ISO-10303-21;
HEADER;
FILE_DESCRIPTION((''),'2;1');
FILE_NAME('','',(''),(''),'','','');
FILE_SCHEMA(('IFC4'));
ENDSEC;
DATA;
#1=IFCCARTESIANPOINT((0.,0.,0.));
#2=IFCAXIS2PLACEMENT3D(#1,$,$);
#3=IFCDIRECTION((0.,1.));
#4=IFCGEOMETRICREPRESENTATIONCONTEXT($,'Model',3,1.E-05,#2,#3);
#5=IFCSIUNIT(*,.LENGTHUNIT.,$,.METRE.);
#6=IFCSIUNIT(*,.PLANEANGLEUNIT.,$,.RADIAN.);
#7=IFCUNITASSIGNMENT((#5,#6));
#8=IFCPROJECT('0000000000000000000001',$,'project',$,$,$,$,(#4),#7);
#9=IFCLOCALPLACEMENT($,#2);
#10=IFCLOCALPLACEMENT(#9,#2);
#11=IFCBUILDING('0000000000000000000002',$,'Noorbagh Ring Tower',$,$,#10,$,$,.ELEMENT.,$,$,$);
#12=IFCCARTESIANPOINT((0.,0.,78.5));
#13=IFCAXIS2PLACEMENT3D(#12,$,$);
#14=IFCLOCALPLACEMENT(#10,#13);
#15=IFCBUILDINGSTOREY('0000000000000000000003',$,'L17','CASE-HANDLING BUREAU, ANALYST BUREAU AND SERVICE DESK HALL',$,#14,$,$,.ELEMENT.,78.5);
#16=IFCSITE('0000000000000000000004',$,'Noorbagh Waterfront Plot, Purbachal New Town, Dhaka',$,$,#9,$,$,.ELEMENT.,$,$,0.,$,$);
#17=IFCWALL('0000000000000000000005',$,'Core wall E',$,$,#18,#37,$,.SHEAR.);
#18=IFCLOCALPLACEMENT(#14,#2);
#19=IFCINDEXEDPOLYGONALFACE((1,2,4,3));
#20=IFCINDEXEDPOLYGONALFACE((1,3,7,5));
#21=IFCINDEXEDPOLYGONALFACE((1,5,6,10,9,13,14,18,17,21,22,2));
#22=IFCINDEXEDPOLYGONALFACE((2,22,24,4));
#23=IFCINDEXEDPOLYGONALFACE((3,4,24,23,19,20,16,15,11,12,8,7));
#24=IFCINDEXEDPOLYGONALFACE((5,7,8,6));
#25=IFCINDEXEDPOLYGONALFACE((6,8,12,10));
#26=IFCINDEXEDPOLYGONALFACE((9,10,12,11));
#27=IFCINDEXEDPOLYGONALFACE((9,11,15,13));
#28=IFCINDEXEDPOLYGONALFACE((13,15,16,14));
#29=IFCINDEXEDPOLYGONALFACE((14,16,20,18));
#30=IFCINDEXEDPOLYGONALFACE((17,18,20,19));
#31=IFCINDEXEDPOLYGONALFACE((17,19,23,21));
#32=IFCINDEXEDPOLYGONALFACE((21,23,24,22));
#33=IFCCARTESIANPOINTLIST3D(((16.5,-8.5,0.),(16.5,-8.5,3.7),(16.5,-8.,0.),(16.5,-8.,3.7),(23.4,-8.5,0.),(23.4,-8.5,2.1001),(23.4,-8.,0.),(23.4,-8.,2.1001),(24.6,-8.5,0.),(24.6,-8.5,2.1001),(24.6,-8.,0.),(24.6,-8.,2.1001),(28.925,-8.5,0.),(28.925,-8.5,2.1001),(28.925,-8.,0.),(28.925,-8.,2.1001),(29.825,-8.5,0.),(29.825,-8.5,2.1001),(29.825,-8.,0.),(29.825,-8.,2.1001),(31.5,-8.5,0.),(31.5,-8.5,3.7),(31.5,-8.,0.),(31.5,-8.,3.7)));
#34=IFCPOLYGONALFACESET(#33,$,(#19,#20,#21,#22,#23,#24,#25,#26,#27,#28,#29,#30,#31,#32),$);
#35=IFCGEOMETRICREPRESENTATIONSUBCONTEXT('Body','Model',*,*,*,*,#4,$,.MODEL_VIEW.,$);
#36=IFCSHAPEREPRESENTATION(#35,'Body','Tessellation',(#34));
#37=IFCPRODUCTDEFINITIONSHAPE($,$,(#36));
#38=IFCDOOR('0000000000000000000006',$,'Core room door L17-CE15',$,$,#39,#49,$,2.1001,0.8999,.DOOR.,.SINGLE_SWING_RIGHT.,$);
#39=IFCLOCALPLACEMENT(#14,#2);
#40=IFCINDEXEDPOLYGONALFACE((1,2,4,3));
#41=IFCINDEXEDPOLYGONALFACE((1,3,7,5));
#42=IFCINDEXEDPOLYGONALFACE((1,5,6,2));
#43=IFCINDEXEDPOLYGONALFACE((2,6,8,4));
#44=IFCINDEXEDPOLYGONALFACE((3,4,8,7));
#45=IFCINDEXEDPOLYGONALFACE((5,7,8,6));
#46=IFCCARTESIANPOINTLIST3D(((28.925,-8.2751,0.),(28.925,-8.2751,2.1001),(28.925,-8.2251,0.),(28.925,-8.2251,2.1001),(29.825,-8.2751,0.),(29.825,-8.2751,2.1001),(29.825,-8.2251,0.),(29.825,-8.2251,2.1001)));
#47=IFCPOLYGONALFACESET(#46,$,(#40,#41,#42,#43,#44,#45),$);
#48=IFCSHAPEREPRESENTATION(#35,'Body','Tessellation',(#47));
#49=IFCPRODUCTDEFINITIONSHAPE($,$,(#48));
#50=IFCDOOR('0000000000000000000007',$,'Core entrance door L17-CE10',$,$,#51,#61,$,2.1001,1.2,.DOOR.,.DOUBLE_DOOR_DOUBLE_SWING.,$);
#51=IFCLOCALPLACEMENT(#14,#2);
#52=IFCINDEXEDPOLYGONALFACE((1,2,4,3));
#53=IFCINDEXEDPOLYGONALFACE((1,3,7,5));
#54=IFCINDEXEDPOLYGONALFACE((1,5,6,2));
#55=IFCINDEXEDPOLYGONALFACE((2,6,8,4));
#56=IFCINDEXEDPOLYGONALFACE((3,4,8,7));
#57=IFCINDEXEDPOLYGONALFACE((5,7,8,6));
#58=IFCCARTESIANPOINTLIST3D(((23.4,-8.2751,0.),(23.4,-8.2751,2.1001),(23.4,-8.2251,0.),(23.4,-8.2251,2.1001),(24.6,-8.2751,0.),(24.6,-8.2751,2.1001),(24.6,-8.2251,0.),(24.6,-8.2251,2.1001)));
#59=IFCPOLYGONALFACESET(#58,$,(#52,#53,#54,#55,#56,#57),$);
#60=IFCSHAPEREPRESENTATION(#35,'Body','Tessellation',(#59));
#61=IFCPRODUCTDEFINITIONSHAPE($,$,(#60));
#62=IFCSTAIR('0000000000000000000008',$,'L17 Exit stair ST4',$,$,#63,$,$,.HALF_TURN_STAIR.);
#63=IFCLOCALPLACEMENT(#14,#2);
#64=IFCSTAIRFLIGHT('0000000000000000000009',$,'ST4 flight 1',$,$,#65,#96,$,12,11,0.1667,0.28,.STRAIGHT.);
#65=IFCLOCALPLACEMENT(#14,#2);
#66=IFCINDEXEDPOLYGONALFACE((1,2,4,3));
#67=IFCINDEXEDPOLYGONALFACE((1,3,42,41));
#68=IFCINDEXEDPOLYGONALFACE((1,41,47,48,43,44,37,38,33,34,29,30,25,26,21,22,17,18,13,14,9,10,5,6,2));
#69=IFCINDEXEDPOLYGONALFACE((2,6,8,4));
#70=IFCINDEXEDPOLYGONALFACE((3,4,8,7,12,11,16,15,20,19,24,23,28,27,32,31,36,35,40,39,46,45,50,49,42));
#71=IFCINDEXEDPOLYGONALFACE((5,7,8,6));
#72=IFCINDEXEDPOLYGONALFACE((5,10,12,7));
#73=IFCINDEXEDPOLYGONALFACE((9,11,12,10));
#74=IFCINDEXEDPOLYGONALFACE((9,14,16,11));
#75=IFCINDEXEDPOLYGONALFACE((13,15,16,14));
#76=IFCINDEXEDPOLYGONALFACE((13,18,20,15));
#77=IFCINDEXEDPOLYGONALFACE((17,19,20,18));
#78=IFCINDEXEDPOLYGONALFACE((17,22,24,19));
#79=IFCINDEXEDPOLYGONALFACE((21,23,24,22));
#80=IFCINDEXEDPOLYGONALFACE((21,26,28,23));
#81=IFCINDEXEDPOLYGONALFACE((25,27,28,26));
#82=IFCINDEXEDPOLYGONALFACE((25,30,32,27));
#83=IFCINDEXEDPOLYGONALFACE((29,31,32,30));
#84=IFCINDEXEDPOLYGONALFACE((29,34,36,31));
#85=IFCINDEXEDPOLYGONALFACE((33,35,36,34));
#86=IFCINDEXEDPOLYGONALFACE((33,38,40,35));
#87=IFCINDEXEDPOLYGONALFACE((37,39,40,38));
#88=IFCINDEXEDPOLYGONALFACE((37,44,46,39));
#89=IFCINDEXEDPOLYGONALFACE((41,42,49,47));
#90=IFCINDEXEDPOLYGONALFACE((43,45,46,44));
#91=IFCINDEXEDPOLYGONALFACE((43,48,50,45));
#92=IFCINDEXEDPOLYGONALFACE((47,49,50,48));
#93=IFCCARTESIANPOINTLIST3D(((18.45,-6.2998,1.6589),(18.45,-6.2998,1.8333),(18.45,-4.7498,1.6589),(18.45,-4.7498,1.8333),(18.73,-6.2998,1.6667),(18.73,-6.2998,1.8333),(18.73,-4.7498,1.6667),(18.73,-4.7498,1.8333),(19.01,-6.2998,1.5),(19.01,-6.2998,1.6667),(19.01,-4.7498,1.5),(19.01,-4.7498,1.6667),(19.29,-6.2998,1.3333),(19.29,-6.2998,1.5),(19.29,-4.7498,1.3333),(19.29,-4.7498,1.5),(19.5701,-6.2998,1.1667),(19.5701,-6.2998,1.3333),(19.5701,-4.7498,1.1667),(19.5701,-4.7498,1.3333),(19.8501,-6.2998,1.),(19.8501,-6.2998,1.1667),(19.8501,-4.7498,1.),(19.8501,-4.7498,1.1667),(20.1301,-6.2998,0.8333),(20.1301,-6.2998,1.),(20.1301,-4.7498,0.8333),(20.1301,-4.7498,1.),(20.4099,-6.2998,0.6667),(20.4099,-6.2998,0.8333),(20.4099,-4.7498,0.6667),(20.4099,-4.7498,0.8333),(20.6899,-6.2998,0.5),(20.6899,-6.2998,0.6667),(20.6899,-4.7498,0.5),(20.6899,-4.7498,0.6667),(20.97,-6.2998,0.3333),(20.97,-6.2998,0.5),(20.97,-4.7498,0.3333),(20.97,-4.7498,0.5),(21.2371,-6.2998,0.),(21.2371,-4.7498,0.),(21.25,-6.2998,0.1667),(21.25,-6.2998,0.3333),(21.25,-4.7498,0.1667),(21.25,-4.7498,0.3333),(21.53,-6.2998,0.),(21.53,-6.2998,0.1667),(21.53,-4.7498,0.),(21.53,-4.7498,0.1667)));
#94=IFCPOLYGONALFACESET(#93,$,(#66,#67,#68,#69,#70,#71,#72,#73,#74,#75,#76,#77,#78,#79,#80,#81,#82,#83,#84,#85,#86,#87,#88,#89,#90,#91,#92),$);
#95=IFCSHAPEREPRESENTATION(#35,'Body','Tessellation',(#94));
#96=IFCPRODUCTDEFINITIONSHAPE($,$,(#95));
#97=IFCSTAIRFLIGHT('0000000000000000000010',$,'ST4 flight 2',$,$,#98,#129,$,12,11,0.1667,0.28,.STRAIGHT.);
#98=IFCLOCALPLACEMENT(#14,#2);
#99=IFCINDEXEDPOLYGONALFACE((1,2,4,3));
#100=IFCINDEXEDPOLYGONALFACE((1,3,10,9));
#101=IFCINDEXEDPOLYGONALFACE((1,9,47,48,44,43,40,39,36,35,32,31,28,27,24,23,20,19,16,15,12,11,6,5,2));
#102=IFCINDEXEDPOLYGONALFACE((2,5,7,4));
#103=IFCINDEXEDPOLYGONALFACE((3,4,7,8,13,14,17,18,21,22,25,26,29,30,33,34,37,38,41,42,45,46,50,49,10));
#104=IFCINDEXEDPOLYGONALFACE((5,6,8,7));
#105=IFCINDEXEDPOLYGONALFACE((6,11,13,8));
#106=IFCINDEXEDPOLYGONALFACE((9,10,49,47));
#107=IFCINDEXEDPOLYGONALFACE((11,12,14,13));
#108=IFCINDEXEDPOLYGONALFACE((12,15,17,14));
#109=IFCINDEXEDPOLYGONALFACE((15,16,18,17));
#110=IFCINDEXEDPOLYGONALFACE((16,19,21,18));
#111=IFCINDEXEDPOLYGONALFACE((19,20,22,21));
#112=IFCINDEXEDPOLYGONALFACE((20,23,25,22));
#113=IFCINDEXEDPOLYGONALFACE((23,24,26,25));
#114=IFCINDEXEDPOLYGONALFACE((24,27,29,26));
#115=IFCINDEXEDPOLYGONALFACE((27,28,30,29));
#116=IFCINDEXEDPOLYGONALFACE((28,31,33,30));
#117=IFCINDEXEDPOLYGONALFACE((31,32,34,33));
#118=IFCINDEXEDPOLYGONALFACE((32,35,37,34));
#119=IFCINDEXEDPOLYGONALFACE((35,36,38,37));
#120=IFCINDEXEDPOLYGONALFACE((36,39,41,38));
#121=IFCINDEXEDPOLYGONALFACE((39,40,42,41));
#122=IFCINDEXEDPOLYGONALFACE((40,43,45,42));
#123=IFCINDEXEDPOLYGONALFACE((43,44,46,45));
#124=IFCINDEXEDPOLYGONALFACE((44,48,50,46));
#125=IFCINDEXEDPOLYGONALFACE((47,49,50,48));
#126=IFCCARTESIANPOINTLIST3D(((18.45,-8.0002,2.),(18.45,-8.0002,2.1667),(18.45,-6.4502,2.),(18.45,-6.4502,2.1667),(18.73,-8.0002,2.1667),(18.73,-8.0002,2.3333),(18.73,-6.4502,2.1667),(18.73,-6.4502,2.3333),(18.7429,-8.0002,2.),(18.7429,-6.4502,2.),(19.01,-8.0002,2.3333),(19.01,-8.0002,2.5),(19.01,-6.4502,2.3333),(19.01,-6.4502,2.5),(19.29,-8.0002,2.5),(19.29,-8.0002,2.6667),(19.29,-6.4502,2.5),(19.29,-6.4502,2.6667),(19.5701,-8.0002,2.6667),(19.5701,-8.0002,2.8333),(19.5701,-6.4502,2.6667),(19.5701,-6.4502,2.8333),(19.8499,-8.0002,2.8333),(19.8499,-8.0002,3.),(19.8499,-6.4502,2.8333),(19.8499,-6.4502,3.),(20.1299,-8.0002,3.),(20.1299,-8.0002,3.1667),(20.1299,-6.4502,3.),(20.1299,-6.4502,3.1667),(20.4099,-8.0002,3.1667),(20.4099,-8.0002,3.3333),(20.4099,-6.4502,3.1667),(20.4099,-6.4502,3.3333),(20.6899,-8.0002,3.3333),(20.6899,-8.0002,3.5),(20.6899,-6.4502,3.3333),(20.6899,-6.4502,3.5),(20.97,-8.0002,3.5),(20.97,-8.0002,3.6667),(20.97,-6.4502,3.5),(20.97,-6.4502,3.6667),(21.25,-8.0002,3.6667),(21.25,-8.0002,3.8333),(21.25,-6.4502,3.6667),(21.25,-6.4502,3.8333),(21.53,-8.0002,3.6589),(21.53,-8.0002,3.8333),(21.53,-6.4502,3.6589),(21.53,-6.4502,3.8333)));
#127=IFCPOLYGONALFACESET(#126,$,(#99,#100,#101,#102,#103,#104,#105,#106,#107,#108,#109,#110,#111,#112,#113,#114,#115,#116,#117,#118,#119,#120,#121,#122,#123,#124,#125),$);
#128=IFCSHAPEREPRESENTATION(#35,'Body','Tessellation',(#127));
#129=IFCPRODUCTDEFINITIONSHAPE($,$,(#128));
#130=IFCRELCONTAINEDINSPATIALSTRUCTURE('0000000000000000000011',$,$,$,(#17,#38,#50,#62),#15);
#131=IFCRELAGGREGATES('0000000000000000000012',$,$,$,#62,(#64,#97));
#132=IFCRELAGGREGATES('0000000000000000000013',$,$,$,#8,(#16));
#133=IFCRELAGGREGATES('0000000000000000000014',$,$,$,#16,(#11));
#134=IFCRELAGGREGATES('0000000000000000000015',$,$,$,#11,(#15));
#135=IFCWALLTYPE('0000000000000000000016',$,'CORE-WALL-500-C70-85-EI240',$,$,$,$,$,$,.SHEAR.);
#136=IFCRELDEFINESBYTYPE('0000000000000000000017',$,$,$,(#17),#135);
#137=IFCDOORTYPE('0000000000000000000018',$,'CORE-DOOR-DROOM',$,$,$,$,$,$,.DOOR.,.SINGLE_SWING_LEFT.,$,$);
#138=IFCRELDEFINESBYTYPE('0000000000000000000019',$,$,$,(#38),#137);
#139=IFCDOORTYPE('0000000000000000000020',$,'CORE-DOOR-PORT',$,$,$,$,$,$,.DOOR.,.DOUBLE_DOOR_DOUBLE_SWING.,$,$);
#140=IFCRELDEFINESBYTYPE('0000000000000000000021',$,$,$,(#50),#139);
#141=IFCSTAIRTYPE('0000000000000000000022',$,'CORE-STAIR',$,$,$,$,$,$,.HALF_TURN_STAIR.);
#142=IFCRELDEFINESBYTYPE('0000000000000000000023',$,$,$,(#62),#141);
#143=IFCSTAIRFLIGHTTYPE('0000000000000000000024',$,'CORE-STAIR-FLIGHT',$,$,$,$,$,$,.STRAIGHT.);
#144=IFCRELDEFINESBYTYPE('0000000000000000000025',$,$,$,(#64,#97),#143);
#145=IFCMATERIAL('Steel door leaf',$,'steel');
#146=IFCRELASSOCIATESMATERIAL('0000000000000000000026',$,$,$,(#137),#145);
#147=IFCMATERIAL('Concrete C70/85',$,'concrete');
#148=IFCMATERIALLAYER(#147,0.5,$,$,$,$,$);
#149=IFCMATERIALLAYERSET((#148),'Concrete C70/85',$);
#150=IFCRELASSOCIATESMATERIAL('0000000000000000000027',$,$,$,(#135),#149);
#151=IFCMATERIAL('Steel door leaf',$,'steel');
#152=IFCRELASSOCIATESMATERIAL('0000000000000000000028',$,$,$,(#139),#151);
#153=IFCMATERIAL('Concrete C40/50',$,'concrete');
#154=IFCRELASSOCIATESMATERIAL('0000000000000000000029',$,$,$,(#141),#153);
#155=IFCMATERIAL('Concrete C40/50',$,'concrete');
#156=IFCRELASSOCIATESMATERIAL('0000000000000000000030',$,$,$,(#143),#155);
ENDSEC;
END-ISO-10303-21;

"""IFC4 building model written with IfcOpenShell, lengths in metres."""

from ifc_helpers import new_model, si_unit, direction, frame, frame_2d, origin, place, context, subcontext, project, spatial, polyline, rectangle, outline, extrude, material, layer, layer_set, type_object, element, fill, aggregate, save


model = new_model("IFC4")

# Units and contexts
model_context = context("Model", 3, precision=1e-05, world=origin(), true_north=direction((0.0, 1.0)))
body_context = subcontext(model_context, "Body", "Model", "MODEL_VIEW")
ifc_project = project(units=[si_unit("LENGTHUNIT", "METRE"), si_unit("PLANEANGLEUNIT", "RADIAN")], contexts=[model_context])

# Site, building, storey
site_placement = place(None, origin())
site = spatial("IfcSite", under=ifc_project, at=site_placement, Name="Noorbagh Waterfront Plot, Purbachal New Town, Dhaka", CompositionType="ELEMENT", RefElevation=0.0)
building_placement = place(site_placement, origin())
building = spatial("IfcBuilding", under=site, at=building_placement, Name="Noorbagh Ring Tower", CompositionType="ELEMENT")
storey_placement = place(building_placement, frame((0.0, 0.0, 78.5)))
storey = spatial("IfcBuildingStorey", under=building, at=storey_placement, Name="L17", Description="CASE-HANDLING BUREAU, ANALYST BUREAU AND SERVICE DESK HALL", CompositionType="ELEMENT", Elevation=78.5)

# Shared definitions
ifc_material_1 = material(Name="Steel door leaf", Category="steel")
door_type_1 = type_object("IfcDoorType", Name="CORE-DOOR-DROOM", OperationType="SINGLE_SWING_LEFT", PredefinedType="DOOR", material=ifc_material_1)

# Wall, openings, doors
ifc_material_2 = material(Name="Concrete C70/85", Category="concrete")
ifc_layer_1 = layer(ifc_material_2, 0.5)
ifc_layer_set_1 = layer_set([ifc_layer_1], Name="Concrete C70/85")
wall_type_1 = type_object("IfcWallType", Name="CORE-WALL-500-C70-85-EI240", PredefinedType="SHEAR", material=ifc_layer_set_1)
wall_1_placement = place(storey_placement, frame((16.5, -8.25, 0.0), z_axis=(0.0, 0.0, 1.0), x_axis=(1.0, 0.0, 0.0)))
wall_1 = element("IfcWall", 1, at=wall_1_placement, inside=storey, type_object=wall_type_1, Name="Core wall E", PredefinedType="SHEAR", context=body_context, shape_type="SweptSolid", body=[
    extrude(rectangle(XDim=15.0, YDim=0.5, at=frame_2d((7.5, 0.0))), origin(), (0.0, 0.0, 1.0), 3.7),
])
opening_1_placement = place(wall_1_placement, frame((6.8999, 0.0, 0.0)))
opening_1 = element("IfcOpeningElement", 2, at=opening_1_placement, cuts=wall_1, PredefinedType="OPENING", context=body_context, shape_type="SweptSolid", body=[
    extrude(rectangle(XDim=1.2, YDim=2.1001, at=frame_2d((0.6001, 1.05))), frame((0.0, 0.26, 0.0), z_axis=(0.0, -1.0, 0.0), x_axis=(1.0, 0.0, 0.0)), (0.0, 0.0, 1.0), 0.52),
])
opening_2_placement = place(wall_1_placement, frame((12.425, 0.0, 0.0)))
opening_2 = element("IfcOpeningElement", 3, at=opening_2_placement, cuts=wall_1, PredefinedType="OPENING", context=body_context, shape_type="SweptSolid", body=[
    extrude(rectangle(XDim=0.8999, YDim=2.1001, at=frame_2d((0.45, 1.05))), frame((0.0, 0.26, 0.0), z_axis=(0.0, -1.0, 0.0), x_axis=(1.0, 0.0, 0.0)), (0.0, 0.0, 1.0), 0.52),
])
door_1_placement = place(opening_2_placement, origin())
door_1 = element("IfcDoor", 4, at=door_1_placement, inside=storey, type_object=door_type_1, Name="Core room door L17-CE15", OperationType="SINGLE_SWING_RIGHT", OverallHeight=2.1001, OverallWidth=0.8999, PredefinedType="DOOR", context=body_context, shape_type="SweptSolid", body=[
    extrude(rectangle(XDim=0.8999, YDim=2.1001, at=frame_2d((0.45, 1.05))), frame((0.0, 0.0249, 0.0), z_axis=(0.0, -1.0, 0.0), x_axis=(1.0, 0.0, 0.0)), (0.0, 0.0, 1.0), 0.05),
])
fill(opening_2, door_1)
ifc_material_3 = material(Name="Steel door leaf", Category="steel")
door_type_2 = type_object("IfcDoorType", Name="CORE-DOOR-PORT", OperationType="DOUBLE_DOOR_DOUBLE_SWING", PredefinedType="DOOR", material=ifc_material_3)
door_2_placement = place(opening_1_placement, origin())
door_2 = element("IfcDoor", 5, at=door_2_placement, inside=storey, type_object=door_type_2, Name="Core entrance door L17-CE10", OperationType="DOUBLE_DOOR_DOUBLE_SWING", OverallHeight=2.1001, OverallWidth=1.2, PredefinedType="DOOR", context=body_context, shape_type="SweptSolid", body=[
    extrude(rectangle(XDim=1.2, YDim=2.1001, at=frame_2d((0.6001, 1.05))), frame((0.0, 0.0249, 0.0), z_axis=(0.0, -1.0, 0.0), x_axis=(1.0, 0.0, 0.0)), (0.0, 0.0, 1.0), 0.05),
])
fill(opening_1, door_2)

# Stair, stair flights
ifc_material_4 = material(Name="Concrete C40/50", Category="concrete")
stair_type = type_object("IfcStairType", Name="CORE-STAIR", PredefinedType="HALF_TURN_STAIR", material=ifc_material_4)
stair_placement = place(storey_placement, origin())
stair = element("IfcStair", 6, at=stair_placement, inside=storey, type_object=stair_type, Name="L17 Exit stair ST4", PredefinedType="HALF_TURN_STAIR")
ifc_material_5 = material(Name="Concrete C40/50", Category="concrete")
stair_flight_type = type_object("IfcStairFlightType", Name="CORE-STAIR-FLIGHT", PredefinedType="STRAIGHT", material=ifc_material_5)
stair_flight_1_placement = place(storey_placement, frame((21.53, -5.5249, 0.0), z_axis=(0.0, 0.0, 1.0), x_axis=(-1.0, 0.0, 0.0)))
stair_flight_1 = element("IfcStairFlight", 7, at=stair_flight_1_placement, type_object=stair_flight_type, Name="ST4 flight 1", NumberOfRisers=12, NumberOfTreads=11, PredefinedType="STRAIGHT", RiserHeight=0.1667, TreadLength=0.28, context=body_context, shape_type="SweptSolid", body=[
    extrude(outline(polyline([(0.0, 0.0), (0.0, 0.1667), (0.28, 0.1667), (0.28, 0.3333), (0.5601, 0.3333), (0.5601, 0.5), (0.8401, 0.5), (0.8401, 0.6667), (1.1201, 0.6667), (1.1201, 0.8333), (1.3999, 0.8333), (1.3999, 1.0), (1.6799, 1.0), (1.6799, 1.1667), (1.96, 1.1667), (1.96, 1.3333), (2.24, 1.3333), (2.24, 1.5), (2.52, 1.5), (2.52, 1.6667), (2.8, 1.6667), (2.8, 1.8333), (3.0801, 1.8333), (3.0801, 2.0), (3.0801, 1.6589), (0.293, 0.0), (0.0, 0.0)])), frame((0.0, 0.7749, 0.0), z_axis=(0.0, -1.0, 0.0), x_axis=(1.0, 0.0, 0.0)), (0.0, 0.0, 1.0), 1.55),
])
stair_flight_2_placement = place(storey_placement, frame((18.45, -7.2251, 2.0), z_axis=(0.0, 0.0, 1.0), x_axis=(1.0, 0.0, 0.0)))
stair_flight_2 = element("IfcStairFlight", 8, at=stair_flight_2_placement, type_object=stair_flight_type, Name="ST4 flight 2", NumberOfRisers=12, NumberOfTreads=11, PredefinedType="STRAIGHT", RiserHeight=0.1667, TreadLength=0.28, context=body_context, shape_type="SweptSolid", body=[
    extrude(outline(polyline([(0.0, 0.0), (0.0, 0.1667), (0.28, 0.1667), (0.28, 0.3333), (0.5601, 0.3333), (0.5601, 0.5), (0.8401, 0.5), (0.8401, 0.6667), (1.1201, 0.6667), (1.1201, 0.8333), (1.3999, 0.8333), (1.3999, 1.0), (1.6799, 1.0), (1.6799, 1.1667), (1.96, 1.1667), (1.96, 1.3333), (2.24, 1.3333), (2.24, 1.5), (2.52, 1.5), (2.52, 1.6667), (2.8, 1.6667), (2.8, 1.8333), (3.0801, 1.8333), (3.0801, 2.0), (3.0801, 1.6589), (0.293, 0.0), (0.0, 0.0)])), frame((0.0, 0.7749, 0.0), z_axis=(0.0, -1.0, 0.0), x_axis=(1.0, 0.0, 0.0)), (0.0, 0.0, 1.0), 1.55),
])
aggregate(stair, [stair_flight_1, stair_flight_2])

save(model, "model.ifc")
